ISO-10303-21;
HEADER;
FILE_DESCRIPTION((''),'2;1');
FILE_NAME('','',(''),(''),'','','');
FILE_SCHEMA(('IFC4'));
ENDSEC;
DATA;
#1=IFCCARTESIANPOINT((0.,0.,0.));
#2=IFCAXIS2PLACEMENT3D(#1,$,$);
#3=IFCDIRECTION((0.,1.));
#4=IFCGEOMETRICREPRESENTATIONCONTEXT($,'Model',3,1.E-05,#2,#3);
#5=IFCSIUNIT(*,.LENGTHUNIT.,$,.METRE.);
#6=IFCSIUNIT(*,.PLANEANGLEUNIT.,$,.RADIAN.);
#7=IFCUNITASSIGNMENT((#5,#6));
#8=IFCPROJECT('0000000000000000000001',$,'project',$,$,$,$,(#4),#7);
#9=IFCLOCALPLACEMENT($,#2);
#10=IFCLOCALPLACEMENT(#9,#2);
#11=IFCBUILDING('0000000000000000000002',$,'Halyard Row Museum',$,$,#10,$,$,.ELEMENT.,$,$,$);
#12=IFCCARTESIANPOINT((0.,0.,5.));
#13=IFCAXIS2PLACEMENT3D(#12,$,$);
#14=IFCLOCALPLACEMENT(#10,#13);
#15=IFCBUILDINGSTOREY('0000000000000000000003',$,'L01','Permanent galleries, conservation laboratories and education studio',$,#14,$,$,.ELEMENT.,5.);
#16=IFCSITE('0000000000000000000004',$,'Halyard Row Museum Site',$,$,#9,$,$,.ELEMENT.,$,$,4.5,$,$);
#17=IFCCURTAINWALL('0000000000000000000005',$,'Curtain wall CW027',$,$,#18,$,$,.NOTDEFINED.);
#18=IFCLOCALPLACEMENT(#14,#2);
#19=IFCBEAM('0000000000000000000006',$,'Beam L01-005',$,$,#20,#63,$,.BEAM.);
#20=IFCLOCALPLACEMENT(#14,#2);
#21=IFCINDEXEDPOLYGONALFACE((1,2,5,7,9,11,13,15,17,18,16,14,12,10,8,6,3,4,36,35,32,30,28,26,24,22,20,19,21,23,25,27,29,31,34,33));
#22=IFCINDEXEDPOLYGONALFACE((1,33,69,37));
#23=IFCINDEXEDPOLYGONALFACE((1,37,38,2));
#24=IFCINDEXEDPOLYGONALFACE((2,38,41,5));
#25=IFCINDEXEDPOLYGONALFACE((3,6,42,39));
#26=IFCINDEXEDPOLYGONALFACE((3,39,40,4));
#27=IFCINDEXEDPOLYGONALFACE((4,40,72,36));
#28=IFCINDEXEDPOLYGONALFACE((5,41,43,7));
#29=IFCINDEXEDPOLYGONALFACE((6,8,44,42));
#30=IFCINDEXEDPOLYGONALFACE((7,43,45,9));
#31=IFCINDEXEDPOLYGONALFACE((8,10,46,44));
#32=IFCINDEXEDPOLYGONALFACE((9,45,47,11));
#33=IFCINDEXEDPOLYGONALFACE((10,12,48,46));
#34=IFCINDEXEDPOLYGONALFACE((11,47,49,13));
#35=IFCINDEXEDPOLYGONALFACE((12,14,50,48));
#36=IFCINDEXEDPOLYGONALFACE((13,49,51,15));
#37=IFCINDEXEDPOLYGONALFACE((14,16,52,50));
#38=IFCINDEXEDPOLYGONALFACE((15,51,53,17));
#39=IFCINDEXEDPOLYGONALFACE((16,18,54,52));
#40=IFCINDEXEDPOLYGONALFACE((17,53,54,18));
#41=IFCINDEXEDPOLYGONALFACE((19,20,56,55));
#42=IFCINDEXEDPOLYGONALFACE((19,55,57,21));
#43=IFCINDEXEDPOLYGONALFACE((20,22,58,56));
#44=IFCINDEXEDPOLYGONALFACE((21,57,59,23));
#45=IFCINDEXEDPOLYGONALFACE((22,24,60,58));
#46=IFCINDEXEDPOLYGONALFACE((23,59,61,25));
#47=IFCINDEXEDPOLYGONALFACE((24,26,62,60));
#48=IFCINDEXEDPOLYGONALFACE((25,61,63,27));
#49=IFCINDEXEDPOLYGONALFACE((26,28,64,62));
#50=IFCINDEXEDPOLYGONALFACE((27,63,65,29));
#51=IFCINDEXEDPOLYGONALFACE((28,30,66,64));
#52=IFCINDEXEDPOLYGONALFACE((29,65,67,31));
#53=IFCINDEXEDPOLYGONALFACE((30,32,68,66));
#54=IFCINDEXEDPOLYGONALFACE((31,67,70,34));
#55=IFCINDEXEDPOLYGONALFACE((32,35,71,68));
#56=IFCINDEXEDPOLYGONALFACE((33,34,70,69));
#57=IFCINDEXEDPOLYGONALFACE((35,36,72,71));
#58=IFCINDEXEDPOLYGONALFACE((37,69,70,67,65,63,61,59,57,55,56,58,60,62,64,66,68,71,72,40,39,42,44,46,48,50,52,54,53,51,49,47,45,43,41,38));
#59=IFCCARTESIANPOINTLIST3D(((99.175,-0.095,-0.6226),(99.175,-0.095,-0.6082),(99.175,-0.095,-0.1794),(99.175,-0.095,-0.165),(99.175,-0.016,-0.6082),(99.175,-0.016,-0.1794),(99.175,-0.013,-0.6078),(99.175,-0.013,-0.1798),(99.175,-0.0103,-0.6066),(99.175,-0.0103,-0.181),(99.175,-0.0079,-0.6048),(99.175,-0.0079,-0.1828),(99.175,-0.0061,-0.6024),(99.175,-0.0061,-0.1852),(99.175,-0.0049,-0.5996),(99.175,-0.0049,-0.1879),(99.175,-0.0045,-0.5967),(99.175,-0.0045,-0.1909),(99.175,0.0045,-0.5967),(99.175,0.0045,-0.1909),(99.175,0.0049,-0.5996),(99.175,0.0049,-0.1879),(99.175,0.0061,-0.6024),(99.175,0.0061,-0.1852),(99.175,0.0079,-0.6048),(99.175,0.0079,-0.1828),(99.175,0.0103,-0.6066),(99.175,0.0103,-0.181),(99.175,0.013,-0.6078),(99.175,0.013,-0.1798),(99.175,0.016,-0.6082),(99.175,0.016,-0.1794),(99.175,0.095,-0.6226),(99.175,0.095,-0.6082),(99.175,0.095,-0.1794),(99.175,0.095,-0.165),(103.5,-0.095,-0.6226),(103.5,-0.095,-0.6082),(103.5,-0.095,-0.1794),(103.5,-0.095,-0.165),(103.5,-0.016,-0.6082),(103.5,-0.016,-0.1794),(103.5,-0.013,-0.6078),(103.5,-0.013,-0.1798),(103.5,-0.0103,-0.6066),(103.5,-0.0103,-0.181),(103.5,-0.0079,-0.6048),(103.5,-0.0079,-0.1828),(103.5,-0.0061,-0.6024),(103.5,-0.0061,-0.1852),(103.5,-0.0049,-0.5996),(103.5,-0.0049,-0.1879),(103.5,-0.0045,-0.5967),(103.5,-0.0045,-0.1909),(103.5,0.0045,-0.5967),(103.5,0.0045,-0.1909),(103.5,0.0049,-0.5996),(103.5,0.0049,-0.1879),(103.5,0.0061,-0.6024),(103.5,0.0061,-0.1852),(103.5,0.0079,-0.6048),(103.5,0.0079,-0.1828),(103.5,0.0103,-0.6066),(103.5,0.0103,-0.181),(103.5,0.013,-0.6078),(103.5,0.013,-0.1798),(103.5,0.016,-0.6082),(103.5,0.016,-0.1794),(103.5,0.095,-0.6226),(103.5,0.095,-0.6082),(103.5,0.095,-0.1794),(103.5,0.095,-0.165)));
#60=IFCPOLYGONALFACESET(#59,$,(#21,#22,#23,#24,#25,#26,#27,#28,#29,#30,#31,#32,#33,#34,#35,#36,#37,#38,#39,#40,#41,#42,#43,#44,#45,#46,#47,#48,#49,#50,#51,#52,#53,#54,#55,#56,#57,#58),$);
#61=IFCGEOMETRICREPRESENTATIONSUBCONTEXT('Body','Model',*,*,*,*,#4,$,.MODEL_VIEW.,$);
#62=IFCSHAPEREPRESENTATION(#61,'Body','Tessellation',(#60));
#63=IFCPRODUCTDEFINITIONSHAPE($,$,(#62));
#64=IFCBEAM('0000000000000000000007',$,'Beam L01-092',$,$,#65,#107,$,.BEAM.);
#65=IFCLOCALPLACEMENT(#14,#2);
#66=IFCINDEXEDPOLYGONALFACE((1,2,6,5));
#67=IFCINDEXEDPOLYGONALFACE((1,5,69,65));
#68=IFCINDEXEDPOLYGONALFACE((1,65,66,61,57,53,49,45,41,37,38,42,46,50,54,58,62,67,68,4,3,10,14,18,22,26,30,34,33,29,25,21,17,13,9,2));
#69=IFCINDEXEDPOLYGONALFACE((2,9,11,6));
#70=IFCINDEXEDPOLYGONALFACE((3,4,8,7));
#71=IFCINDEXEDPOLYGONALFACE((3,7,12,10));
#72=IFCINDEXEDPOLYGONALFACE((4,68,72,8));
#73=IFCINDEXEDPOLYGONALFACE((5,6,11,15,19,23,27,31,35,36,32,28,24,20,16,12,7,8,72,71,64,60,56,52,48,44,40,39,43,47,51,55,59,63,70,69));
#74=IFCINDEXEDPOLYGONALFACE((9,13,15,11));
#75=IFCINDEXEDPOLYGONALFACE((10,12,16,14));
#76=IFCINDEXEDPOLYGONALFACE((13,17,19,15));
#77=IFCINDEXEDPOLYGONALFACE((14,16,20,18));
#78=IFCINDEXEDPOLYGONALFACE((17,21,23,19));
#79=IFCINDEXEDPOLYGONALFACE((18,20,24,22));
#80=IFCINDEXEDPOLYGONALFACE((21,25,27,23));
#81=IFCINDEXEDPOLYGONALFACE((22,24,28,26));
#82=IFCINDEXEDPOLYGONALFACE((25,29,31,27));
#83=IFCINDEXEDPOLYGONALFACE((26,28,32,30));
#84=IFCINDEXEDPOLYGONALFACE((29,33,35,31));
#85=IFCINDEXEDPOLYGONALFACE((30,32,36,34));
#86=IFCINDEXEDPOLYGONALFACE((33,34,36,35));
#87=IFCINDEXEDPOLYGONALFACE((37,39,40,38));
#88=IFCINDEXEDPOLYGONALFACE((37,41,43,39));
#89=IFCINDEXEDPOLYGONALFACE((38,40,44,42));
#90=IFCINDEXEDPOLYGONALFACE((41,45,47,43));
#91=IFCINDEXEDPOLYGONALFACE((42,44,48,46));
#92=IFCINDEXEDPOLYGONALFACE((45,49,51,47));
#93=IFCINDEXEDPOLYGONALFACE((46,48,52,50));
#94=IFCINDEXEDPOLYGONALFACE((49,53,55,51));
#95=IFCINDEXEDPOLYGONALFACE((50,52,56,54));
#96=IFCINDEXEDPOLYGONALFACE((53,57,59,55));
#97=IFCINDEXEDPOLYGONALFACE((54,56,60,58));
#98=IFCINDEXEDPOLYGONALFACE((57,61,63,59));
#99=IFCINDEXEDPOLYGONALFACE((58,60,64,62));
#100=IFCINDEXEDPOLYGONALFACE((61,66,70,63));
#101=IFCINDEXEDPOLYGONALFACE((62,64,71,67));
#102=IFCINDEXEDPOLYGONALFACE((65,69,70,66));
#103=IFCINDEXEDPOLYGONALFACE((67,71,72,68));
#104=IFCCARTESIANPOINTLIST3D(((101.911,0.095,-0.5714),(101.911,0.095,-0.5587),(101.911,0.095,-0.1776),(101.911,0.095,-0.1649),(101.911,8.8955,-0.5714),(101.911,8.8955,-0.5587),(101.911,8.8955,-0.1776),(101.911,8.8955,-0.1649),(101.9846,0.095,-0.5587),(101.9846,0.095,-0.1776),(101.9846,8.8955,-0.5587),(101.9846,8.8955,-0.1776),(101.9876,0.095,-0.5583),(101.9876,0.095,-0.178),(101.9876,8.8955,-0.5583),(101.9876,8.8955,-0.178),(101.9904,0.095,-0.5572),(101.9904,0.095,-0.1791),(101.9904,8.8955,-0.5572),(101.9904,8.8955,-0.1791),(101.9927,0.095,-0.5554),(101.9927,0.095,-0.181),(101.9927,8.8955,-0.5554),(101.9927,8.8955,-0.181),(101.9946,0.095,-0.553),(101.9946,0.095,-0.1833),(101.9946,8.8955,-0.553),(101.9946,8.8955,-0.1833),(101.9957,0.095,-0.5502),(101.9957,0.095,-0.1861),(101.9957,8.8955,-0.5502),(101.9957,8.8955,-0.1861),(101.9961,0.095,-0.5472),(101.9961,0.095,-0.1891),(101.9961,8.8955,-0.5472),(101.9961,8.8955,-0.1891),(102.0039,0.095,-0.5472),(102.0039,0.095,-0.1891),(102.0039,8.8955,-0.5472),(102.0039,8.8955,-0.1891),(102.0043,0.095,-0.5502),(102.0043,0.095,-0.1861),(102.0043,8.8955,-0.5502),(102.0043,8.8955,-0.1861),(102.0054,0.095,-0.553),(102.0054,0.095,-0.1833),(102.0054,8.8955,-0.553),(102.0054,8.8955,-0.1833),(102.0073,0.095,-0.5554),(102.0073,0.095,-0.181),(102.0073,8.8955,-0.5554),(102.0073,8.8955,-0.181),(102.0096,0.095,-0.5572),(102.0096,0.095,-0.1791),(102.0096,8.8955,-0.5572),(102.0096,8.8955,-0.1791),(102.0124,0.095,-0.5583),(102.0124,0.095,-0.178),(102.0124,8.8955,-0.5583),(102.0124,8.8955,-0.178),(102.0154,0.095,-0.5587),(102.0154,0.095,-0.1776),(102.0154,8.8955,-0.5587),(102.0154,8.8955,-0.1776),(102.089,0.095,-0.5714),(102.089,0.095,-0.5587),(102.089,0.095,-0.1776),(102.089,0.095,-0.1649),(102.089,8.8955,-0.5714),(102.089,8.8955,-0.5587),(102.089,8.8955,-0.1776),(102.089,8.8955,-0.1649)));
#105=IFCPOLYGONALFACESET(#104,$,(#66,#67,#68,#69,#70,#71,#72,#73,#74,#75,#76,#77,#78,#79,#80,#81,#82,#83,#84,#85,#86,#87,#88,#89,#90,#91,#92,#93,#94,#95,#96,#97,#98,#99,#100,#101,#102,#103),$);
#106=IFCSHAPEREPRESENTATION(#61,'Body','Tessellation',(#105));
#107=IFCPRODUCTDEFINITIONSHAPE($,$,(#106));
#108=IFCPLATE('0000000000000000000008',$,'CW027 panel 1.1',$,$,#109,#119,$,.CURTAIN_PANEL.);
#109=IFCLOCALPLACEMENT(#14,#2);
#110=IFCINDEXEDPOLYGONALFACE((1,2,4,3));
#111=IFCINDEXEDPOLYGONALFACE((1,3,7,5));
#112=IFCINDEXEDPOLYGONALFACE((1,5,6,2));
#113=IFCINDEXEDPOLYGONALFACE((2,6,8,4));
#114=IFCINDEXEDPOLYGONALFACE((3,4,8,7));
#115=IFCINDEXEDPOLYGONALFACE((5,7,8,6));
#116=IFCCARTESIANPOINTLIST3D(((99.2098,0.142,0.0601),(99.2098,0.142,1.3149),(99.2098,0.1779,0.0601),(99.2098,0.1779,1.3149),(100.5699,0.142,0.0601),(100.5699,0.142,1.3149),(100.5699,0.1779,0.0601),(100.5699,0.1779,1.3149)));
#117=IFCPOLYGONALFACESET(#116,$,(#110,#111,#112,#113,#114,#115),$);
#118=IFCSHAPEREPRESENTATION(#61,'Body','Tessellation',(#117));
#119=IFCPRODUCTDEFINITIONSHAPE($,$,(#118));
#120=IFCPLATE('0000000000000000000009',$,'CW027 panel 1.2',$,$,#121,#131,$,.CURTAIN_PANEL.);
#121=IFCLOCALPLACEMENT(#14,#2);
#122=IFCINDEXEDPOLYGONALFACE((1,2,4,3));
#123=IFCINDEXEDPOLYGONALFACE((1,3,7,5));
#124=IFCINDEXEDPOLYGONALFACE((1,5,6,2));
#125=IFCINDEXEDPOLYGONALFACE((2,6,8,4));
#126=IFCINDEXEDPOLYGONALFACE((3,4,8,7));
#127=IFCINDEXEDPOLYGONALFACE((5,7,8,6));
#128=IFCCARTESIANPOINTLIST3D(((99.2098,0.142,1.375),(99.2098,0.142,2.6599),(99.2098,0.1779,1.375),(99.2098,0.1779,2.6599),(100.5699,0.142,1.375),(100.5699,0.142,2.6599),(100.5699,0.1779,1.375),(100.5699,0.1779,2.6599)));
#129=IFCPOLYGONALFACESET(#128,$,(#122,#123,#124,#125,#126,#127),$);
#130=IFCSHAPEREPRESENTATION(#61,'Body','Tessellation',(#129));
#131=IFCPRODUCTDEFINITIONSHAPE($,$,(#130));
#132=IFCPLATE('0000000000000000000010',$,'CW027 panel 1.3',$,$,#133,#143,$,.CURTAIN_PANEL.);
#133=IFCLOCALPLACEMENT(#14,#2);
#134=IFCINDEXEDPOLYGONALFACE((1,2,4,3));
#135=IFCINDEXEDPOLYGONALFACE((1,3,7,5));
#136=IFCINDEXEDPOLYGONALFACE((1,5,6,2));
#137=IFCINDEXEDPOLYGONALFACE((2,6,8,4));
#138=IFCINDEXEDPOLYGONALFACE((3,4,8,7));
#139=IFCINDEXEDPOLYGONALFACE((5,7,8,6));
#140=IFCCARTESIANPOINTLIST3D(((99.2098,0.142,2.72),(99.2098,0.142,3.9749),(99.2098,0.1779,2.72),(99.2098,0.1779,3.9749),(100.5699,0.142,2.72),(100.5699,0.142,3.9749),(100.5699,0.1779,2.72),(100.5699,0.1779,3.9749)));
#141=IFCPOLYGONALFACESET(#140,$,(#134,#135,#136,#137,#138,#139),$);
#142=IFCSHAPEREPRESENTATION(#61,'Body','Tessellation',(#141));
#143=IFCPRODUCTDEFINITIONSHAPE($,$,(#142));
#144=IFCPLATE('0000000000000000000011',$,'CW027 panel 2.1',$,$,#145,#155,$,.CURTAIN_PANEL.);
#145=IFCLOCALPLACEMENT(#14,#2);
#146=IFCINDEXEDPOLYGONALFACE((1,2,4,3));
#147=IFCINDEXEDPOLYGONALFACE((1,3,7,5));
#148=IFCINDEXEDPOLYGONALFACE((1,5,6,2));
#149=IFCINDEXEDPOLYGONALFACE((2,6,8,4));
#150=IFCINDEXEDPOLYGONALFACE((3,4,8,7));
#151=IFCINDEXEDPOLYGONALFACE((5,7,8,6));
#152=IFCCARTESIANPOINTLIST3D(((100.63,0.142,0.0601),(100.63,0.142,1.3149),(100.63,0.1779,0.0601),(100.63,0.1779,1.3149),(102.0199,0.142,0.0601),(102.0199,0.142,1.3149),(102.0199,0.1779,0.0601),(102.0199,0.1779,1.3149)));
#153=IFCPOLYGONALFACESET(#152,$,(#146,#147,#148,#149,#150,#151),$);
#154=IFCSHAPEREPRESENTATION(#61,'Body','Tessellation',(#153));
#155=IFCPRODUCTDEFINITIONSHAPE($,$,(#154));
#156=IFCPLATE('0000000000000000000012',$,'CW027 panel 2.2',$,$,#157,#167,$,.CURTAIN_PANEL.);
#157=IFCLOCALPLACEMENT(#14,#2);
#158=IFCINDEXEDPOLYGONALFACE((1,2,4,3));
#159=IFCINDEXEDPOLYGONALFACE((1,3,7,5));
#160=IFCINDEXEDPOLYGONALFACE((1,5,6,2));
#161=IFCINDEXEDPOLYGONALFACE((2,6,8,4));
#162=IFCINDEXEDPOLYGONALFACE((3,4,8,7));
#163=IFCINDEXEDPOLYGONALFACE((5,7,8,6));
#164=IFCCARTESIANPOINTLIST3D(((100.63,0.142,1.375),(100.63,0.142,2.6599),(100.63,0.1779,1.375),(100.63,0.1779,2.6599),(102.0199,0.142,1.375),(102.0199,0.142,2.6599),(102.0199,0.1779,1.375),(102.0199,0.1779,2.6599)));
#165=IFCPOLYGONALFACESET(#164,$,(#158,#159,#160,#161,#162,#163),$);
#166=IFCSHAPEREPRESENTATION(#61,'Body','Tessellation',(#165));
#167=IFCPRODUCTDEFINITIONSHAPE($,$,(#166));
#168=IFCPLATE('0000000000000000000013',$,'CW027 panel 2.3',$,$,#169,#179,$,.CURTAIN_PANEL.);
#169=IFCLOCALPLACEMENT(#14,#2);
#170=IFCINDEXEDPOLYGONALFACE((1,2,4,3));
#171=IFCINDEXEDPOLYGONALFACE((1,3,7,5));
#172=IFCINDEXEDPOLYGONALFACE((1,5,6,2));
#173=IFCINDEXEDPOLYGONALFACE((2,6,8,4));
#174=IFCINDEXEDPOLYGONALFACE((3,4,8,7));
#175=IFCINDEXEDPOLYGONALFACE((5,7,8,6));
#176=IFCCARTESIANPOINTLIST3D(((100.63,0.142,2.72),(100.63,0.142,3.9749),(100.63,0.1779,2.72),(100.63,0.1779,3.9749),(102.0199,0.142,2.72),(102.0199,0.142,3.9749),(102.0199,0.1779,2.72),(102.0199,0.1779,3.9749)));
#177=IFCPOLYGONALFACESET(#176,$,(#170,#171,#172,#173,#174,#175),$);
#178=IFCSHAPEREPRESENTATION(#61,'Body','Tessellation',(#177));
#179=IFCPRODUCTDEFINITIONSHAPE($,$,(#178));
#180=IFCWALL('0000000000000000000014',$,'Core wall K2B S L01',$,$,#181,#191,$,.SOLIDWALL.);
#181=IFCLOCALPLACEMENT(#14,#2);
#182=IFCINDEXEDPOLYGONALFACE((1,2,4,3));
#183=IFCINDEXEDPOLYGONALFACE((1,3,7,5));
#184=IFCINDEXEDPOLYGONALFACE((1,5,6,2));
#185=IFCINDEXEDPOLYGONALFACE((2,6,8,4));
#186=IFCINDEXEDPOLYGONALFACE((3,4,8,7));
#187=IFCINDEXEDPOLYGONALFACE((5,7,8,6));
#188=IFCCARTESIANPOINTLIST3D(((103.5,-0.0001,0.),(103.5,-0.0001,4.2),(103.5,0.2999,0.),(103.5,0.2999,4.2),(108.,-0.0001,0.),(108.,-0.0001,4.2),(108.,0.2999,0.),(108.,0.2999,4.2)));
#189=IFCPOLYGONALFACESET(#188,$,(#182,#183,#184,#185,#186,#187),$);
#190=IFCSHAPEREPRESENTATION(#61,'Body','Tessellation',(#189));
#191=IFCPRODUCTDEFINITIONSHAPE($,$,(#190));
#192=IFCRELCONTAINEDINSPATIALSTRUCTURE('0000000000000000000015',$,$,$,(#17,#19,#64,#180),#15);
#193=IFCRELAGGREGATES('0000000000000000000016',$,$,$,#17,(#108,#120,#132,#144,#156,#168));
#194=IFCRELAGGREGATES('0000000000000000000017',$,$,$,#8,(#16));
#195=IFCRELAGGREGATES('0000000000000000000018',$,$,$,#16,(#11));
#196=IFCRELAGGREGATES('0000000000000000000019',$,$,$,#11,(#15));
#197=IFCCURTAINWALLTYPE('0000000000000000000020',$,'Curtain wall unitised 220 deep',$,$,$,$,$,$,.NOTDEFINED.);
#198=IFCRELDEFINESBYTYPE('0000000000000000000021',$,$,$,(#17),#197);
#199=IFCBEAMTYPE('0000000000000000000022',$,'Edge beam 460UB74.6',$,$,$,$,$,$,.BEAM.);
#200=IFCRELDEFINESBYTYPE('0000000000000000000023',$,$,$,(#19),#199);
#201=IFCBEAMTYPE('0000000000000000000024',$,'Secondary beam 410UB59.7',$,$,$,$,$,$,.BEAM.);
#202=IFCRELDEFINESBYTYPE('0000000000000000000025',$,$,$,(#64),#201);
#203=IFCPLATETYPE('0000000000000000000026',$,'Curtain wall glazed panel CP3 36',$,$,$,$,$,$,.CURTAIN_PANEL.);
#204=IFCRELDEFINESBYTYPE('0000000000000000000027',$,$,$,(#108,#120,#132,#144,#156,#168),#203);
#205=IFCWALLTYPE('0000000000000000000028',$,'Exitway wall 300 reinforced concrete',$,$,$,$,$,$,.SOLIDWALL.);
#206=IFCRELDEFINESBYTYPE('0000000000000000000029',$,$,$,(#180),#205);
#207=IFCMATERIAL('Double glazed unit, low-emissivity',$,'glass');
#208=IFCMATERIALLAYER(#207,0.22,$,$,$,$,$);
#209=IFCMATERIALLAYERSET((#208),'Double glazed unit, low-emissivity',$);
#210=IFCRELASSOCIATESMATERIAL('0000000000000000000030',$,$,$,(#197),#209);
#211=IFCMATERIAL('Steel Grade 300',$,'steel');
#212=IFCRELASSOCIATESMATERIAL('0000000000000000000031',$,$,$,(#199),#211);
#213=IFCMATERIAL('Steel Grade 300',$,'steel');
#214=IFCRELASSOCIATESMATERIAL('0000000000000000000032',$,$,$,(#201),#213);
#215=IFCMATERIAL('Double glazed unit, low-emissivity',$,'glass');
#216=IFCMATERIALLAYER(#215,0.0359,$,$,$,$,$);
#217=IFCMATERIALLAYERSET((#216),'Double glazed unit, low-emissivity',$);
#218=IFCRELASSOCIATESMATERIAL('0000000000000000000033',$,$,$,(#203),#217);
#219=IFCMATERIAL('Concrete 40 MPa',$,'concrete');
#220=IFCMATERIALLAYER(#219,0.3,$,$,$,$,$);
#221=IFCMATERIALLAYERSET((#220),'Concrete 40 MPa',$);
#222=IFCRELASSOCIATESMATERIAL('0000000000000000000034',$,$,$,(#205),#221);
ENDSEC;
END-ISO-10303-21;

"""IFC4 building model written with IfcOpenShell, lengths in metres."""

from ifc_helpers import new_model, si_unit, direction, frame, frame_2d, origin, origin_2d, place, context, subcontext, project, spatial, rectangle, i_section, extrude, material, layer, layer_set, material_profile, profile_set, type_object, element, aggregate, save


model = new_model("IFC4")

# Units and contexts
model_context = context("Model", 3, precision=1e-05, world=origin(), true_north=direction((0.0, 1.0)))
body_context = subcontext(model_context, "Body", "Model", "MODEL_VIEW")
ifc_project = project(units=[si_unit("LENGTHUNIT", "METRE"), si_unit("PLANEANGLEUNIT", "RADIAN")], contexts=[model_context])

# Site, building, storey
site_placement = place(None, origin())
site = spatial("IfcSite", under=ifc_project, at=site_placement, Name="Halyard Row Museum Site", CompositionType="ELEMENT", RefElevation=4.5)
building_placement = place(site_placement, origin())
building = spatial("IfcBuilding", under=site, at=building_placement, Name="Halyard Row Museum", CompositionType="ELEMENT")
storey_placement = place(building_placement, frame((0.0, 0.0, 5.0)))
storey = spatial("IfcBuildingStorey", under=building, at=storey_placement, Name="L01", Description="Permanent galleries, conservation laboratories and education studio", CompositionType="ELEMENT", Elevation=5.0)

# Curtain wall
ifc_material_1 = material(Name="Double glazed unit, low-emissivity", Category="glass")
ifc_layer_1 = layer(ifc_material_1, 0.22)
ifc_layer_set_1 = layer_set([ifc_layer_1], Name="Double glazed unit, low-emissivity")
curtain_wall_type = type_object("IfcCurtainWallType", Name="Curtain wall unitised 220 deep", PredefinedType="NOTDEFINED", material=ifc_layer_set_1)
curtain_wall_placement = place(storey_placement, origin())
curtain_wall = element("IfcCurtainWall", 1, at=curtain_wall_placement, inside=storey, type_object=curtain_wall_type, Name="Curtain wall CW027", PredefinedType="NOTDEFINED")

# Beams
ifc_material_2 = material(Name="Steel Grade 300", Category="steel")
ifc_material_profile_1 = material_profile(ifc_material_2, i_section(OverallWidth=0.1899, OverallDepth=0.4575, WebThickness=0.009, FlangeThickness=0.0144, FilletRadius=0.0115, at=origin_2d()), Name="460UB74.6")
ifc_profile_set_1 = profile_set([ifc_material_profile_1], Name="Steel Grade 300")
beam_type_1 = type_object("IfcBeamType", Name="Edge beam 460UB74.6", PredefinedType="BEAM", material=ifc_profile_set_1)
beam_1_placement = place(storey_placement, frame((99.175, 0.0, -0.3938), z_axis=(1.0, 0.0, 0.0), x_axis=(0.0, 1.0, 0.0)))
element("IfcBeam", 2, at=beam_1_placement, inside=storey, type_object=beam_type_1, Name="Beam L01-005", PredefinedType="BEAM", context=body_context, shape_type="SweptSolid", body=[
    extrude(i_section(OverallWidth=0.1899, OverallDepth=0.4575, WebThickness=0.009, FlangeThickness=0.0144, FilletRadius=0.0115, at=origin_2d()), origin(), (0.0, 0.0, 1.0), 4.325),
])
ifc_material_3 = material(Name="Steel Grade 300", Category="steel")
ifc_material_profile_2 = material_profile(ifc_material_3, i_section(OverallWidth=0.178, OverallDepth=0.4065, WebThickness=0.0078, FlangeThickness=0.0127, FilletRadius=0.0115, at=origin_2d()), Name="410UB59.7")
ifc_profile_set_2 = profile_set([ifc_material_profile_2], Name="Steel Grade 300")
beam_type_2 = type_object("IfcBeamType", Name="Secondary beam 410UB59.7", PredefinedType="BEAM", material=ifc_profile_set_2)
beam_2_placement = place(storey_placement, frame((102.0, 0.095, -0.3682), z_axis=(0.0, 1.0, 0.0), x_axis=(-1.0, 0.0, 0.0)))
element("IfcBeam", 3, at=beam_2_placement, inside=storey, type_object=beam_type_2, Name="Beam L01-092", PredefinedType="BEAM", context=body_context, shape_type="SweptSolid", body=[
    extrude(i_section(OverallWidth=0.178, OverallDepth=0.4065, WebThickness=0.0078, FlangeThickness=0.0127, FilletRadius=0.0115, at=origin_2d()), origin(), (0.0, 0.0, 1.0), 8.8005),
])

# Plates
ifc_material_4 = material(Name="Double glazed unit, low-emissivity", Category="glass")
ifc_layer_2 = layer(ifc_material_4, 0.0359)
ifc_layer_set_2 = layer_set([ifc_layer_2], Name="Double glazed unit, low-emissivity")
plate_type = type_object("IfcPlateType", Name="Curtain wall glazed panel CP3 36", PredefinedType="CURTAIN_PANEL", material=ifc_layer_set_2)
plate_1_placement = place(storey_placement, frame((99.8899, 0.1599, 0.0601), z_axis=(0.0, 0.0, 1.0), x_axis=(1.0, 0.0, 0.0)))
plate_1 = element("IfcPlate", 4, at=plate_1_placement, type_object=plate_type, Name="CW027 panel 1.1", PredefinedType="CURTAIN_PANEL", context=body_context, shape_type="SweptSolid", body=[
    extrude(rectangle(XDim=1.3601, YDim=0.0359, at=origin_2d()), origin(), (0.0, 0.0, 1.0), 1.2549),
])
plate_2_placement = place(storey_placement, frame((99.8899, 0.1599, 1.375), z_axis=(0.0, 0.0, 1.0), x_axis=(1.0, 0.0, 0.0)))
plate_2 = element("IfcPlate", 5, at=plate_2_placement, type_object=plate_type, Name="CW027 panel 1.2", PredefinedType="CURTAIN_PANEL", context=body_context, shape_type="SweptSolid", body=[
    extrude(rectangle(XDim=1.3601, YDim=0.0359, at=origin_2d()), origin(), (0.0, 0.0, 1.0), 1.2849),
])
plate_3_placement = place(storey_placement, frame((99.8899, 0.1599, 2.72), z_axis=(0.0, 0.0, 1.0), x_axis=(1.0, 0.0, 0.0)))
plate_3 = element("IfcPlate", 6, at=plate_3_placement, type_object=plate_type, Name="CW027 panel 1.3", PredefinedType="CURTAIN_PANEL", context=body_context, shape_type="SweptSolid", body=[
    extrude(rectangle(XDim=1.3601, YDim=0.0359, at=origin_2d()), origin(), (0.0, 0.0, 1.0), 1.2549),
])
plate_4_placement = place(storey_placement, frame((101.325, 0.1599, 0.0601), z_axis=(0.0, 0.0, 1.0), x_axis=(1.0, 0.0, 0.0)))
plate_4 = element("IfcPlate", 7, at=plate_4_placement, type_object=plate_type, Name="CW027 panel 2.1", PredefinedType="CURTAIN_PANEL", context=body_context, shape_type="SweptSolid", body=[
    extrude(rectangle(XDim=1.3899, YDim=0.0359, at=origin_2d()), origin(), (0.0, 0.0, 1.0), 1.2549),
])
plate_5_placement = place(storey_placement, frame((101.325, 0.1599, 1.375), z_axis=(0.0, 0.0, 1.0), x_axis=(1.0, 0.0, 0.0)))
plate_5 = element("IfcPlate", 8, at=plate_5_placement, type_object=plate_type, Name="CW027 panel 2.2", PredefinedType="CURTAIN_PANEL", context=body_context, shape_type="SweptSolid", body=[
    extrude(rectangle(XDim=1.3899, YDim=0.0359, at=origin_2d()), origin(), (0.0, 0.0, 1.0), 1.2849),
])
plate_6_placement = place(storey_placement, frame((101.325, 0.1599, 2.72), z_axis=(0.0, 0.0, 1.0), x_axis=(1.0, 0.0, 0.0)))
plate_6 = element("IfcPlate", 9, at=plate_6_placement, type_object=plate_type, Name="CW027 panel 2.3", PredefinedType="CURTAIN_PANEL", context=body_context, shape_type="SweptSolid", body=[
    extrude(rectangle(XDim=1.3899, YDim=0.0359, at=origin_2d()), origin(), (0.0, 0.0, 1.0), 1.2549),
])
aggregate(curtain_wall, [plate_1, plate_2, plate_3, plate_4, plate_5, plate_6])

# Wall
ifc_material_5 = material(Name="Concrete 40 MPa", Category="concrete")
ifc_layer_3 = layer(ifc_material_5, 0.3)
ifc_layer_set_3 = layer_set([ifc_layer_3], Name="Concrete 40 MPa")
wall_type = type_object("IfcWallType", Name="Exitway wall 300 reinforced concrete", PredefinedType="SOLIDWALL", material=ifc_layer_set_3)
wall_placement = place(storey_placement, frame((103.5, 0.1499, 0.0), z_axis=(0.0, 0.0, 1.0), x_axis=(1.0, 0.0, 0.0)))
element("IfcWall", 10, at=wall_placement, inside=storey, type_object=wall_type, Name="Core wall K2B S L01", PredefinedType="SOLIDWALL", context=body_context, shape_type="SweptSolid", body=[
    extrude(rectangle(XDim=4.5, YDim=0.3, at=frame_2d((2.25, 0.0))), origin(), (0.0, 0.0, 1.0), 4.2),
])

save(model, "model.ifc")
